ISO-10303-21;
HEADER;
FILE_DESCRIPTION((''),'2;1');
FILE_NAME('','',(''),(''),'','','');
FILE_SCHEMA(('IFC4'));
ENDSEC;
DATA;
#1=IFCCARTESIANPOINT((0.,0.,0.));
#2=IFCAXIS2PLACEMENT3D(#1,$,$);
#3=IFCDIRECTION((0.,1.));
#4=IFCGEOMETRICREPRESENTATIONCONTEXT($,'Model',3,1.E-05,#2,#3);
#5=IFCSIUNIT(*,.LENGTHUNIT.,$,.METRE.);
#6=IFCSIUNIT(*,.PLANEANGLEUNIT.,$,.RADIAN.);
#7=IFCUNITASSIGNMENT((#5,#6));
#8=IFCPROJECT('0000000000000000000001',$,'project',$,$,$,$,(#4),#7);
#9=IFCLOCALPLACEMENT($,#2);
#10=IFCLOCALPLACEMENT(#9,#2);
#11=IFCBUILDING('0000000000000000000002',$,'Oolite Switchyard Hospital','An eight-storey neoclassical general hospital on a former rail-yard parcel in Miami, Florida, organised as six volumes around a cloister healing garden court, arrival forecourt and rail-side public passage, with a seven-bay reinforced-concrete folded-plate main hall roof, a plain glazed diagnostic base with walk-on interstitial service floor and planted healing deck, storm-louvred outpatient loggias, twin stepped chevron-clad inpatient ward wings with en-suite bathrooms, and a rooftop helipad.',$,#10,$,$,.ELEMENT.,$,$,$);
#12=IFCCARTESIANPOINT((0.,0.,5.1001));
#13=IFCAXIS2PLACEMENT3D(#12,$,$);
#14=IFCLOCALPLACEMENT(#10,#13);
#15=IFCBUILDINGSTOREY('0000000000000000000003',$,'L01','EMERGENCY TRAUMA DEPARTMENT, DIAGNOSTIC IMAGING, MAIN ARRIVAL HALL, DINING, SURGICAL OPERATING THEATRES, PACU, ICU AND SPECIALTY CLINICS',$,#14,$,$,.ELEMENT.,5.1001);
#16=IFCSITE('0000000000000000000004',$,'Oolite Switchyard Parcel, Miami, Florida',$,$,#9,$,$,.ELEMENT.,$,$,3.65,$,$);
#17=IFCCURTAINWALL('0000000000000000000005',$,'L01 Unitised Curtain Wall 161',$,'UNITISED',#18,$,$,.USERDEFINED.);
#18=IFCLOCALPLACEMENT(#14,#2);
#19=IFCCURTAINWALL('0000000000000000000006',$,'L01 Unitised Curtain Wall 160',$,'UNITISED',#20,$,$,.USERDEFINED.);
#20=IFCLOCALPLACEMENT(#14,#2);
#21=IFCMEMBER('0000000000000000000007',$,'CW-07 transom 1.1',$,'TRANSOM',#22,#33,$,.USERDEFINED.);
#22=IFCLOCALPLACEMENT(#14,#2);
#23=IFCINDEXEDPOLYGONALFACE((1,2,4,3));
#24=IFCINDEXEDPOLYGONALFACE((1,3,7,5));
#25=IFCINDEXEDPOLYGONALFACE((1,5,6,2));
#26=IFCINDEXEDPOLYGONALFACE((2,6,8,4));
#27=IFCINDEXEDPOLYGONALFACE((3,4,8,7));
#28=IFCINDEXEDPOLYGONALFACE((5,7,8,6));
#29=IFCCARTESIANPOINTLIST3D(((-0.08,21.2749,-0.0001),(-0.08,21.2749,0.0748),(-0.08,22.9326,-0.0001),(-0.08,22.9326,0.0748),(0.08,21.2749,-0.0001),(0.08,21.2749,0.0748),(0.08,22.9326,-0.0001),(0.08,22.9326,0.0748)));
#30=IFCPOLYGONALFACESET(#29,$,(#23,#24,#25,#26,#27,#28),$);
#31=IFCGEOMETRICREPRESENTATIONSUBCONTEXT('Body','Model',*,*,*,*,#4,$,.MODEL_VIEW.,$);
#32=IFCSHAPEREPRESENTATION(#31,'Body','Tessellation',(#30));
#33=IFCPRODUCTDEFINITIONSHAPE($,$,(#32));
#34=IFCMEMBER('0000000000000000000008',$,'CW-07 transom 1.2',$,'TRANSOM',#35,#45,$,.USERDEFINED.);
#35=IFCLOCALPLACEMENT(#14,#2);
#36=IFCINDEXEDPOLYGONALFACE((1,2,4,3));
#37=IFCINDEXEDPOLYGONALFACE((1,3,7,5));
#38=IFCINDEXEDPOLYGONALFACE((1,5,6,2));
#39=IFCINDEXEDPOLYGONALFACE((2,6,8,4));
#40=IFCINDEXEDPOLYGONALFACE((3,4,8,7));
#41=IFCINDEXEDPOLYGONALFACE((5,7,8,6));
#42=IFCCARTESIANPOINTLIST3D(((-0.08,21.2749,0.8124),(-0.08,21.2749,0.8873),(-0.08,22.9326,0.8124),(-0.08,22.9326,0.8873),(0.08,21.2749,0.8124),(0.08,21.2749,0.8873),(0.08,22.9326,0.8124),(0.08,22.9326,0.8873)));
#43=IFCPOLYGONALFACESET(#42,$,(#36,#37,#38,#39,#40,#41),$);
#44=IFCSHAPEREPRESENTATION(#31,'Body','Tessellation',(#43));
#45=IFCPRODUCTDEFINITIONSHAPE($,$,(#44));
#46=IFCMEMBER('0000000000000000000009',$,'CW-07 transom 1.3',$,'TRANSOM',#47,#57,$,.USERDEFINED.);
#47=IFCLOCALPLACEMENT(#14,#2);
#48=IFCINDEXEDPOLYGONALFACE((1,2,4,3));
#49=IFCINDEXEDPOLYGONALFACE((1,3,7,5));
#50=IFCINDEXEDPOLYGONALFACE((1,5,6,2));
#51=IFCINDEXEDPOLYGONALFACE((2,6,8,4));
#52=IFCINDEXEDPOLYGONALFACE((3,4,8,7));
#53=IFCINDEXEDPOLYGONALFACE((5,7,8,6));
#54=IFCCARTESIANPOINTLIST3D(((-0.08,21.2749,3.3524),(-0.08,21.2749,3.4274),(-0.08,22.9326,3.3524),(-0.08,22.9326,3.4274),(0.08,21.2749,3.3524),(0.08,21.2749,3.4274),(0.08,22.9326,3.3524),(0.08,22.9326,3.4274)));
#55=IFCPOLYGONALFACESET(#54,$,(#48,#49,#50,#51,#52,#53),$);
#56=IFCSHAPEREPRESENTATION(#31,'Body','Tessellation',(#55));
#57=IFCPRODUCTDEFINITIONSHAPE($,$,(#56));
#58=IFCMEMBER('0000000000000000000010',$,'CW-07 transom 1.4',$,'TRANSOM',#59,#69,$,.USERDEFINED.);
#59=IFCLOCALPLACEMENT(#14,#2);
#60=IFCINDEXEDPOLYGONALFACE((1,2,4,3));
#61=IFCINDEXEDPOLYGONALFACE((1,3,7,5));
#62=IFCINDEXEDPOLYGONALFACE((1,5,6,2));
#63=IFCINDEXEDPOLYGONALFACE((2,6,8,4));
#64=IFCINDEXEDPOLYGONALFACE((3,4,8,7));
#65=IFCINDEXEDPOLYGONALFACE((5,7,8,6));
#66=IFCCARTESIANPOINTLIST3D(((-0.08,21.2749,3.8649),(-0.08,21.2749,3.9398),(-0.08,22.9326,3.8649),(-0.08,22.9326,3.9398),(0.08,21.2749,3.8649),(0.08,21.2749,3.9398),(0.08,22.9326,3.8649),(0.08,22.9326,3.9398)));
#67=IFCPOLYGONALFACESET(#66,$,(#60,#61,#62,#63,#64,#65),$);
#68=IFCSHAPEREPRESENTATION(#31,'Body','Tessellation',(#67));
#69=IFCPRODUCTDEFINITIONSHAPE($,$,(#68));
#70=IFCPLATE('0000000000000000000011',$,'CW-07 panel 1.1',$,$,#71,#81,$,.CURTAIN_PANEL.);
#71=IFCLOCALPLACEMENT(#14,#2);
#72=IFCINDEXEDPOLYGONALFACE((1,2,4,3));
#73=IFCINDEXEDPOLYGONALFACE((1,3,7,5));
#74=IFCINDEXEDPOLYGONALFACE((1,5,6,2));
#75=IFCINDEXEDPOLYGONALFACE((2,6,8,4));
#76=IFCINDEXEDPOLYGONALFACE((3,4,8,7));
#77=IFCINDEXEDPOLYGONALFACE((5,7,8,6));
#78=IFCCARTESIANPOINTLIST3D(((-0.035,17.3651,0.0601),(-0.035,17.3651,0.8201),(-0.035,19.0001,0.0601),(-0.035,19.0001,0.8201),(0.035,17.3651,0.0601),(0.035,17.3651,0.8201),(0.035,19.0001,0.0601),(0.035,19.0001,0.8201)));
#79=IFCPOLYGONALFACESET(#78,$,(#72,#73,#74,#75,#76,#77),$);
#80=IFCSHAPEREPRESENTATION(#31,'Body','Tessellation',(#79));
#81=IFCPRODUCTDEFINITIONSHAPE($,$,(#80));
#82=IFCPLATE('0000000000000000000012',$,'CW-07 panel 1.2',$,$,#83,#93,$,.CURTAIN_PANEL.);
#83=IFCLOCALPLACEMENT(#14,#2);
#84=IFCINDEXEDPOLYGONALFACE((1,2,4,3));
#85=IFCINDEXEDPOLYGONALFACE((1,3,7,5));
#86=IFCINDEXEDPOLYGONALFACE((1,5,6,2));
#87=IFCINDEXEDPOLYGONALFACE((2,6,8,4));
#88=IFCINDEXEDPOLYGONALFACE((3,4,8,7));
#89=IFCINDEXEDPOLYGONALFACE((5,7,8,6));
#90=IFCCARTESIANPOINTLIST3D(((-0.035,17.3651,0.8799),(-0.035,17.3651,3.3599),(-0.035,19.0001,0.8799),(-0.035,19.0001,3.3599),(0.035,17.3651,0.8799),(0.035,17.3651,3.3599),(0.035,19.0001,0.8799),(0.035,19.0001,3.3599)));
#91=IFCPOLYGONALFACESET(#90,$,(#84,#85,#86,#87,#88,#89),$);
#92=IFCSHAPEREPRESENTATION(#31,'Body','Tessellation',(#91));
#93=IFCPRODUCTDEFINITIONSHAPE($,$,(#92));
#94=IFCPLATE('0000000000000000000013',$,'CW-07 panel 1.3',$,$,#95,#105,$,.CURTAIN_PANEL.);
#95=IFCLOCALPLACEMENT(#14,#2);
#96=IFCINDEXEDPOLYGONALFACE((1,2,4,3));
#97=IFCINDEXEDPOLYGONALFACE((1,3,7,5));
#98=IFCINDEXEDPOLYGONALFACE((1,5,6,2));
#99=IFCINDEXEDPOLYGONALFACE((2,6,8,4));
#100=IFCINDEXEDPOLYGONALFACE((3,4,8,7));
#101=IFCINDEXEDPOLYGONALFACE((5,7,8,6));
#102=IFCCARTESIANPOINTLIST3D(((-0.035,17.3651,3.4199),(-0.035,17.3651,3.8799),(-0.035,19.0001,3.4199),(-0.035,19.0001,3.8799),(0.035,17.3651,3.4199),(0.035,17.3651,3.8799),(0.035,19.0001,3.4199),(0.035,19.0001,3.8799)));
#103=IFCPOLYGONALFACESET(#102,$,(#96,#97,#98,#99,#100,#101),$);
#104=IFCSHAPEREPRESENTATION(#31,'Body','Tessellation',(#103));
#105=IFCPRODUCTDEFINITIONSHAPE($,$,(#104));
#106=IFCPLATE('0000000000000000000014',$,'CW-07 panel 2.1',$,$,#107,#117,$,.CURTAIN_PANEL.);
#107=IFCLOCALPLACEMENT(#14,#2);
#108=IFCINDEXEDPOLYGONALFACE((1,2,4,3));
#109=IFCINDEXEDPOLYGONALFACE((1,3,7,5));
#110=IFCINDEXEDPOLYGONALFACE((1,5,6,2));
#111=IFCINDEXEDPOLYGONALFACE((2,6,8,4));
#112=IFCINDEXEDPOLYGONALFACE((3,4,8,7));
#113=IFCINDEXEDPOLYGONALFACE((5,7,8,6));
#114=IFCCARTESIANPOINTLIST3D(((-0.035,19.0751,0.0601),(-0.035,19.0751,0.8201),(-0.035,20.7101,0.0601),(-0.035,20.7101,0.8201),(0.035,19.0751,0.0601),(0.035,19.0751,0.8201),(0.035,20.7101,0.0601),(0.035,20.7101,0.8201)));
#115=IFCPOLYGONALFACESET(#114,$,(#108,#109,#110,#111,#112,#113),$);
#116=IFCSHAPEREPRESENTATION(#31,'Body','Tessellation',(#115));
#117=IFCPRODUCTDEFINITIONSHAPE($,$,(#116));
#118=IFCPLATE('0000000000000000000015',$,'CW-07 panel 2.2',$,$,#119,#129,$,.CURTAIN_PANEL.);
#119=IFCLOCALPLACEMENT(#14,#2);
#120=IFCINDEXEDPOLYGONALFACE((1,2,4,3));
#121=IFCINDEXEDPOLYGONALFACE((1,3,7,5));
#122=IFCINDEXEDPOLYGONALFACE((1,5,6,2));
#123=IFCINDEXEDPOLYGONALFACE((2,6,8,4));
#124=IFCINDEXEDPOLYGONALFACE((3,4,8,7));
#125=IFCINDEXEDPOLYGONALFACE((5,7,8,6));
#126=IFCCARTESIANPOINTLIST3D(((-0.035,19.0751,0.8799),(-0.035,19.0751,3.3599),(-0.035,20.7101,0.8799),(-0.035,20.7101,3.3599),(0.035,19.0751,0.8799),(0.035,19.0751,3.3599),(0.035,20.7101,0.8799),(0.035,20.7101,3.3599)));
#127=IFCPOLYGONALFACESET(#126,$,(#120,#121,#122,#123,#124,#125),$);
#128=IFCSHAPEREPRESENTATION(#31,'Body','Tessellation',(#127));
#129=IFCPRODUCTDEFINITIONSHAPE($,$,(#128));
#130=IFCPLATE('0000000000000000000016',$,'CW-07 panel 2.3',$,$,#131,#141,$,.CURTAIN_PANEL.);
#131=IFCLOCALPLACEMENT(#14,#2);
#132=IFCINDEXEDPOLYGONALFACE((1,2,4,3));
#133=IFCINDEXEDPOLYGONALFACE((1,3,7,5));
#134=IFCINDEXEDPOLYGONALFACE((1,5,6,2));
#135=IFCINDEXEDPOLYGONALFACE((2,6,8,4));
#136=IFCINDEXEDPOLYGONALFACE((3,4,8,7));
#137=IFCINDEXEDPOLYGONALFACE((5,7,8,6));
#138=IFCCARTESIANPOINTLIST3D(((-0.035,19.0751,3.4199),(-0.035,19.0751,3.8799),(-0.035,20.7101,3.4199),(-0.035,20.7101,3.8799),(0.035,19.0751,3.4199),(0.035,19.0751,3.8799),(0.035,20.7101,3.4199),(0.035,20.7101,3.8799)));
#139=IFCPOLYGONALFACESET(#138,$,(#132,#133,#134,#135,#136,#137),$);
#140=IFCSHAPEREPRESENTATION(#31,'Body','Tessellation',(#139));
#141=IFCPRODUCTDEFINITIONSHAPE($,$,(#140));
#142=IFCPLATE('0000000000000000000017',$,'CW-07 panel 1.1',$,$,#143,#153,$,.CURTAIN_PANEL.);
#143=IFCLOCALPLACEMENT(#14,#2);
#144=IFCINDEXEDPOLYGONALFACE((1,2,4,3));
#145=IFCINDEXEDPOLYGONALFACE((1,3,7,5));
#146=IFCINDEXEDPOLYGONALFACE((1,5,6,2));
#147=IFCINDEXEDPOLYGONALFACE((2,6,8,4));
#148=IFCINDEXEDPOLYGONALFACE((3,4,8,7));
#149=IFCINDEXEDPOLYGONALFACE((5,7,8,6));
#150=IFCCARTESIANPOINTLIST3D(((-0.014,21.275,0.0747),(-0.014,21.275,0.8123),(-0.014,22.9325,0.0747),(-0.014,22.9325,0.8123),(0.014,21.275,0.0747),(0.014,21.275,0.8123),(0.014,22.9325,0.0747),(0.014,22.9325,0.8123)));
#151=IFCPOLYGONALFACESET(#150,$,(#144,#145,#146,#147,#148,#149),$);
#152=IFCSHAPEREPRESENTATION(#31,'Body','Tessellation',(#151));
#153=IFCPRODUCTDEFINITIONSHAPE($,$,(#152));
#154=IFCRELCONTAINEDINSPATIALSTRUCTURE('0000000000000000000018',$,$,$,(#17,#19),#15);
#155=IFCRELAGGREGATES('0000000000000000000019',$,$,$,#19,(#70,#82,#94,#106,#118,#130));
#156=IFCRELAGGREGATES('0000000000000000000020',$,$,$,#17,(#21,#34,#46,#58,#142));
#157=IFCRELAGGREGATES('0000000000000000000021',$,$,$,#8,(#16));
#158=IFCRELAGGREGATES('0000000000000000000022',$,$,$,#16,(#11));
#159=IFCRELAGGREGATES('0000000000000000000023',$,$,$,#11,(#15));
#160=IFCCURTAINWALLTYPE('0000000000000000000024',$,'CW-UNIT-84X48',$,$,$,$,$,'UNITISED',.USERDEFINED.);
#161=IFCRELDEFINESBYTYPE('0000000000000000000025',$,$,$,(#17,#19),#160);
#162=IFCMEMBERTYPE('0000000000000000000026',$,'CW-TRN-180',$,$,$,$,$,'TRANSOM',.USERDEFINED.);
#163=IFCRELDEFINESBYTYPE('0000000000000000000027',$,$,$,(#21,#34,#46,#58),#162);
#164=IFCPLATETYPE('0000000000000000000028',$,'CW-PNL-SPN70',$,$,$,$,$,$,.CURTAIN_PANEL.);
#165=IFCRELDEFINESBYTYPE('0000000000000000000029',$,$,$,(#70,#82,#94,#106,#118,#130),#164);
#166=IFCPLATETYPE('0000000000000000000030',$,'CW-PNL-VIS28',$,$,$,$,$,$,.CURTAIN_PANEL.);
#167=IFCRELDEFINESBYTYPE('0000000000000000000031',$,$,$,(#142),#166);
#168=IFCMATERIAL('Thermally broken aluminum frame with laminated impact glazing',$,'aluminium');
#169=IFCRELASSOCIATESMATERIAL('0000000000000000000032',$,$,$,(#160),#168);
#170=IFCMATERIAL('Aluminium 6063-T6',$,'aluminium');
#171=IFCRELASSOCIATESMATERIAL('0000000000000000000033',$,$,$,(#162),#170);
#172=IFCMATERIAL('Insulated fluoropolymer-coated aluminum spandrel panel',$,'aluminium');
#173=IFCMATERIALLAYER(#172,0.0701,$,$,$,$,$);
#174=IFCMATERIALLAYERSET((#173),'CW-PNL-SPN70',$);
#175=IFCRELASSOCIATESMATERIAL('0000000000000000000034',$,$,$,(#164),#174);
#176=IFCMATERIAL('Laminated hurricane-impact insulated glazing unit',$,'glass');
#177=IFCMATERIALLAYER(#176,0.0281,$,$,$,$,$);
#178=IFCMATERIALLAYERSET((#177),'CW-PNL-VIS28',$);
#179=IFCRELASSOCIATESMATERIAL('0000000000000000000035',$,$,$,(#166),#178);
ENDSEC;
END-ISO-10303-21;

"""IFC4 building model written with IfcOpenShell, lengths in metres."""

from ifc_helpers import new_model, si_unit, direction, frame, origin, origin_2d, place, context, subcontext, project, spatial, rectangle, extrude, material, layer, layer_set, material_profile, profile_set, type_object, element, aggregate, save


model = new_model("IFC4")

# Units and contexts
model_context = context("Model", 3, precision=1e-05, world=origin(), true_north=direction((0.0, 1.0)))
body_context = subcontext(model_context, "Body", "Model", "MODEL_VIEW")
ifc_project = project(units=[si_unit("LENGTHUNIT", "METRE"), si_unit("PLANEANGLEUNIT", "RADIAN")], contexts=[model_context])

# Site, building, storey
site_placement = place(None, origin())
site = spatial("IfcSite", under=ifc_project, at=site_placement, Name="Oolite Switchyard Parcel, Miami, Florida", CompositionType="ELEMENT", RefElevation=3.65)
building_placement = place(site_placement, origin())
building = spatial("IfcBuilding", under=site, at=building_placement, Name="Oolite Switchyard Hospital", Description="An eight-storey neoclassical general hospital on a former rail-yard parcel in Miami, Florida, organised as six volumes around a cloister healing garden court, arrival forecourt and rail-side public passage, with a seven-bay reinforced-concrete folded-plate main hall roof, a plain glazed diagnostic base with walk-on interstitial service floor and planted healing deck, storm-louvred outpatient loggias, twin stepped chevron-clad inpatient ward wings with en-suite bathrooms, and a rooftop helipad.", CompositionType="ELEMENT")
storey_placement = place(building_placement, frame((0.0, 0.0, 5.1001)))
storey = spatial("IfcBuildingStorey", under=building, at=storey_placement, Name="L01", Description="EMERGENCY TRAUMA DEPARTMENT, DIAGNOSTIC IMAGING, MAIN ARRIVAL HALL, DINING, SURGICAL OPERATING THEATRES, PACU, ICU AND SPECIALTY CLINICS", CompositionType="ELEMENT", Elevation=5.1001)

# Curtain wall
ifc_material_1 = material(Name="Thermally broken aluminum frame with laminated impact glazing", Category="aluminium")
curtain_wall_type = type_object("IfcCurtainWallType", Name="CW-UNIT-84X48", ElementType="UNITISED", PredefinedType="USERDEFINED", material=ifc_material_1)
curtain_wall_1_placement = place(storey_placement, origin())
curtain_wall_1 = element("IfcCurtainWall", 1, at=curtain_wall_1_placement, inside=storey, type_object=curtain_wall_type, Name="L01 Unitised Curtain Wall 161", ObjectType="UNITISED", PredefinedType="USERDEFINED")
ifc_material_2 = material(Name="Aluminium 6063-T6", Category="aluminium")

# Curtain wall
curtain_wall_2_placement = place(storey_placement, origin())
curtain_wall_2 = element("IfcCurtainWall", 2, at=curtain_wall_2_placement, inside=storey, type_object=curtain_wall_type, Name="L01 Unitised Curtain Wall 160", ObjectType="UNITISED", PredefinedType="USERDEFINED")

# Members
ifc_material_profile_1 = material_profile(ifc_material_2, rectangle(XDim=0.1599, YDim=0.075, at=origin_2d()), Name="CWT75X160")
ifc_profile_set_1 = profile_set([ifc_material_profile_1], Name="Aluminium 6063-T6")
member_type_1 = type_object("IfcMemberType", Name="CW-TRN-180", ElementType="TRANSOM", PredefinedType="USERDEFINED", material=ifc_profile_set_1)
member_1_placement = place(storey_placement, frame((0.0, 21.2749, 0.0374), z_axis=(0.0, 1.0, 0.0), x_axis=(-1.0, 0.0, 0.0)))
member_1 = element("IfcMember", 3, at=member_1_placement, type_object=member_type_1, Name="CW-07 transom 1.1", ObjectType="TRANSOM", PredefinedType="USERDEFINED", context=body_context, shape_type="SweptSolid", body=[
    extrude(rectangle(XDim=0.1599, YDim=0.075, at=origin_2d()), origin(), (0.0, 0.0, 1.0), 1.6577),
])
member_2_placement = place(storey_placement, frame((0.0, 21.2749, 0.8499), z_axis=(0.0, 1.0, 0.0), x_axis=(-1.0, 0.0, 0.0)))
member_2 = element("IfcMember", 4, at=member_2_placement, type_object=member_type_1, Name="CW-07 transom 1.2", ObjectType="TRANSOM", PredefinedType="USERDEFINED", context=body_context, shape_type="SweptSolid", body=[
    extrude(rectangle(XDim=0.1599, YDim=0.075, at=origin_2d()), origin(), (0.0, 0.0, 1.0), 1.6577),
])
member_3_placement = place(storey_placement, frame((0.0, 21.2749, 3.3899), z_axis=(0.0, 1.0, 0.0), x_axis=(-1.0, 0.0, 0.0)))
member_3 = element("IfcMember", 5, at=member_3_placement, type_object=member_type_1, Name="CW-07 transom 1.3", ObjectType="TRANSOM", PredefinedType="USERDEFINED", context=body_context, shape_type="SweptSolid", body=[
    extrude(rectangle(XDim=0.1599, YDim=0.075, at=origin_2d()), origin(), (0.0, 0.0, 1.0), 1.6577),
])
member_4_placement = place(storey_placement, frame((0.0, 21.2749, 3.9023), z_axis=(0.0, 1.0, 0.0), x_axis=(-1.0, 0.0, 0.0)))
member_4 = element("IfcMember", 6, at=member_4_placement, type_object=member_type_1, Name="CW-07 transom 1.4", ObjectType="TRANSOM", PredefinedType="USERDEFINED", context=body_context, shape_type="SweptSolid", body=[
    extrude(rectangle(XDim=0.1599, YDim=0.075, at=origin_2d()), origin(), (0.0, 0.0, 1.0), 1.6577),
])

# Plates
ifc_material_3 = material(Name="Insulated fluoropolymer-coated aluminum spandrel panel", Category="aluminium")
ifc_layer_1 = layer(ifc_material_3, 0.0701)
ifc_layer_set_1 = layer_set([ifc_layer_1], Name="CW-PNL-SPN70")
plate_type_1 = type_object("IfcPlateType", Name="CW-PNL-SPN70", PredefinedType="CURTAIN_PANEL", material=ifc_layer_set_1)
plate_1_placement = place(storey_placement, frame((0.0, 18.1826, 0.0601), z_axis=(0.0, 0.0, 1.0), x_axis=(0.0, 1.0, 0.0)))
plate_1 = element("IfcPlate", 7, at=plate_1_placement, type_object=plate_type_1, Name="CW-07 panel 1.1", PredefinedType="CURTAIN_PANEL", context=body_context, shape_type="SweptSolid", body=[
    extrude(rectangle(XDim=1.635, YDim=0.0701, at=origin_2d()), origin(), (0.0, 0.0, 1.0), 0.76),
])
plate_2_placement = place(storey_placement, frame((0.0, 18.1826, 0.8799), z_axis=(0.0, 0.0, 1.0), x_axis=(0.0, 1.0, 0.0)))
plate_2 = element("IfcPlate", 8, at=plate_2_placement, type_object=plate_type_1, Name="CW-07 panel 1.2", PredefinedType="CURTAIN_PANEL", context=body_context, shape_type="SweptSolid", body=[
    extrude(rectangle(XDim=1.635, YDim=0.0701, at=origin_2d()), origin(), (0.0, 0.0, 1.0), 2.48),
])
plate_3_placement = place(storey_placement, frame((0.0, 18.1826, 3.4199), z_axis=(0.0, 0.0, 1.0), x_axis=(0.0, 1.0, 0.0)))
plate_3 = element("IfcPlate", 9, at=plate_3_placement, type_object=plate_type_1, Name="CW-07 panel 1.3", PredefinedType="CURTAIN_PANEL", context=body_context, shape_type="SweptSolid", body=[
    extrude(rectangle(XDim=1.635, YDim=0.0701, at=origin_2d()), origin(), (0.0, 0.0, 1.0), 0.46),
])
plate_4_placement = place(storey_placement, frame((0.0, 19.8926, 0.0601), z_axis=(0.0, 0.0, 1.0), x_axis=(0.0, 1.0, 0.0)))
plate_4 = element("IfcPlate", 10, at=plate_4_placement, type_object=plate_type_1, Name="CW-07 panel 2.1", PredefinedType="CURTAIN_PANEL", context=body_context, shape_type="SweptSolid", body=[
    extrude(rectangle(XDim=1.635, YDim=0.0701, at=origin_2d()), origin(), (0.0, 0.0, 1.0), 0.76),
])
plate_5_placement = place(storey_placement, frame((0.0, 19.8926, 0.8799), z_axis=(0.0, 0.0, 1.0), x_axis=(0.0, 1.0, 0.0)))
plate_5 = element("IfcPlate", 11, at=plate_5_placement, type_object=plate_type_1, Name="CW-07 panel 2.2", PredefinedType="CURTAIN_PANEL", context=body_context, shape_type="SweptSolid", body=[
    extrude(rectangle(XDim=1.635, YDim=0.0701, at=origin_2d()), origin(), (0.0, 0.0, 1.0), 2.48),
])
plate_6_placement = place(storey_placement, frame((0.0, 19.8926, 3.4199), z_axis=(0.0, 0.0, 1.0), x_axis=(0.0, 1.0, 0.0)))
plate_6 = element("IfcPlate", 12, at=plate_6_placement, type_object=plate_type_1, Name="CW-07 panel 2.3", PredefinedType="CURTAIN_PANEL", context=body_context, shape_type="SweptSolid", body=[
    extrude(rectangle(XDim=1.635, YDim=0.0701, at=origin_2d()), origin(), (0.0, 0.0, 1.0), 0.46),
])
aggregate(curtain_wall_2, [plate_1, plate_2, plate_3, plate_4, plate_5, plate_6])
ifc_material_4 = material(Name="Laminated hurricane-impact insulated glazing unit", Category="glass")
ifc_layer_2 = layer(ifc_material_4, 0.0281)
ifc_layer_set_2 = layer_set([ifc_layer_2], Name="CW-PNL-VIS28")
plate_type_2 = type_object("IfcPlateType", Name="CW-PNL-VIS28", PredefinedType="CURTAIN_PANEL", material=ifc_layer_set_2)
plate_7_placement = place(storey_placement, frame((0.0, 22.1038, 0.0747), z_axis=(0.0, 0.0, 1.0), x_axis=(0.0, 1.0, 0.0)))
plate_7 = element("IfcPlate", 13, at=plate_7_placement, type_object=plate_type_2, Name="CW-07 panel 1.1", PredefinedType="CURTAIN_PANEL", context=body_context, shape_type="SweptSolid", body=[
    extrude(rectangle(XDim=1.6575, YDim=0.0281, at=origin_2d()), origin(), (0.0, 0.0, 1.0), 0.7375),
])
aggregate(curtain_wall_1, [member_1, member_2, member_3, member_4, plate_7])

save(model, "model.ifc")
